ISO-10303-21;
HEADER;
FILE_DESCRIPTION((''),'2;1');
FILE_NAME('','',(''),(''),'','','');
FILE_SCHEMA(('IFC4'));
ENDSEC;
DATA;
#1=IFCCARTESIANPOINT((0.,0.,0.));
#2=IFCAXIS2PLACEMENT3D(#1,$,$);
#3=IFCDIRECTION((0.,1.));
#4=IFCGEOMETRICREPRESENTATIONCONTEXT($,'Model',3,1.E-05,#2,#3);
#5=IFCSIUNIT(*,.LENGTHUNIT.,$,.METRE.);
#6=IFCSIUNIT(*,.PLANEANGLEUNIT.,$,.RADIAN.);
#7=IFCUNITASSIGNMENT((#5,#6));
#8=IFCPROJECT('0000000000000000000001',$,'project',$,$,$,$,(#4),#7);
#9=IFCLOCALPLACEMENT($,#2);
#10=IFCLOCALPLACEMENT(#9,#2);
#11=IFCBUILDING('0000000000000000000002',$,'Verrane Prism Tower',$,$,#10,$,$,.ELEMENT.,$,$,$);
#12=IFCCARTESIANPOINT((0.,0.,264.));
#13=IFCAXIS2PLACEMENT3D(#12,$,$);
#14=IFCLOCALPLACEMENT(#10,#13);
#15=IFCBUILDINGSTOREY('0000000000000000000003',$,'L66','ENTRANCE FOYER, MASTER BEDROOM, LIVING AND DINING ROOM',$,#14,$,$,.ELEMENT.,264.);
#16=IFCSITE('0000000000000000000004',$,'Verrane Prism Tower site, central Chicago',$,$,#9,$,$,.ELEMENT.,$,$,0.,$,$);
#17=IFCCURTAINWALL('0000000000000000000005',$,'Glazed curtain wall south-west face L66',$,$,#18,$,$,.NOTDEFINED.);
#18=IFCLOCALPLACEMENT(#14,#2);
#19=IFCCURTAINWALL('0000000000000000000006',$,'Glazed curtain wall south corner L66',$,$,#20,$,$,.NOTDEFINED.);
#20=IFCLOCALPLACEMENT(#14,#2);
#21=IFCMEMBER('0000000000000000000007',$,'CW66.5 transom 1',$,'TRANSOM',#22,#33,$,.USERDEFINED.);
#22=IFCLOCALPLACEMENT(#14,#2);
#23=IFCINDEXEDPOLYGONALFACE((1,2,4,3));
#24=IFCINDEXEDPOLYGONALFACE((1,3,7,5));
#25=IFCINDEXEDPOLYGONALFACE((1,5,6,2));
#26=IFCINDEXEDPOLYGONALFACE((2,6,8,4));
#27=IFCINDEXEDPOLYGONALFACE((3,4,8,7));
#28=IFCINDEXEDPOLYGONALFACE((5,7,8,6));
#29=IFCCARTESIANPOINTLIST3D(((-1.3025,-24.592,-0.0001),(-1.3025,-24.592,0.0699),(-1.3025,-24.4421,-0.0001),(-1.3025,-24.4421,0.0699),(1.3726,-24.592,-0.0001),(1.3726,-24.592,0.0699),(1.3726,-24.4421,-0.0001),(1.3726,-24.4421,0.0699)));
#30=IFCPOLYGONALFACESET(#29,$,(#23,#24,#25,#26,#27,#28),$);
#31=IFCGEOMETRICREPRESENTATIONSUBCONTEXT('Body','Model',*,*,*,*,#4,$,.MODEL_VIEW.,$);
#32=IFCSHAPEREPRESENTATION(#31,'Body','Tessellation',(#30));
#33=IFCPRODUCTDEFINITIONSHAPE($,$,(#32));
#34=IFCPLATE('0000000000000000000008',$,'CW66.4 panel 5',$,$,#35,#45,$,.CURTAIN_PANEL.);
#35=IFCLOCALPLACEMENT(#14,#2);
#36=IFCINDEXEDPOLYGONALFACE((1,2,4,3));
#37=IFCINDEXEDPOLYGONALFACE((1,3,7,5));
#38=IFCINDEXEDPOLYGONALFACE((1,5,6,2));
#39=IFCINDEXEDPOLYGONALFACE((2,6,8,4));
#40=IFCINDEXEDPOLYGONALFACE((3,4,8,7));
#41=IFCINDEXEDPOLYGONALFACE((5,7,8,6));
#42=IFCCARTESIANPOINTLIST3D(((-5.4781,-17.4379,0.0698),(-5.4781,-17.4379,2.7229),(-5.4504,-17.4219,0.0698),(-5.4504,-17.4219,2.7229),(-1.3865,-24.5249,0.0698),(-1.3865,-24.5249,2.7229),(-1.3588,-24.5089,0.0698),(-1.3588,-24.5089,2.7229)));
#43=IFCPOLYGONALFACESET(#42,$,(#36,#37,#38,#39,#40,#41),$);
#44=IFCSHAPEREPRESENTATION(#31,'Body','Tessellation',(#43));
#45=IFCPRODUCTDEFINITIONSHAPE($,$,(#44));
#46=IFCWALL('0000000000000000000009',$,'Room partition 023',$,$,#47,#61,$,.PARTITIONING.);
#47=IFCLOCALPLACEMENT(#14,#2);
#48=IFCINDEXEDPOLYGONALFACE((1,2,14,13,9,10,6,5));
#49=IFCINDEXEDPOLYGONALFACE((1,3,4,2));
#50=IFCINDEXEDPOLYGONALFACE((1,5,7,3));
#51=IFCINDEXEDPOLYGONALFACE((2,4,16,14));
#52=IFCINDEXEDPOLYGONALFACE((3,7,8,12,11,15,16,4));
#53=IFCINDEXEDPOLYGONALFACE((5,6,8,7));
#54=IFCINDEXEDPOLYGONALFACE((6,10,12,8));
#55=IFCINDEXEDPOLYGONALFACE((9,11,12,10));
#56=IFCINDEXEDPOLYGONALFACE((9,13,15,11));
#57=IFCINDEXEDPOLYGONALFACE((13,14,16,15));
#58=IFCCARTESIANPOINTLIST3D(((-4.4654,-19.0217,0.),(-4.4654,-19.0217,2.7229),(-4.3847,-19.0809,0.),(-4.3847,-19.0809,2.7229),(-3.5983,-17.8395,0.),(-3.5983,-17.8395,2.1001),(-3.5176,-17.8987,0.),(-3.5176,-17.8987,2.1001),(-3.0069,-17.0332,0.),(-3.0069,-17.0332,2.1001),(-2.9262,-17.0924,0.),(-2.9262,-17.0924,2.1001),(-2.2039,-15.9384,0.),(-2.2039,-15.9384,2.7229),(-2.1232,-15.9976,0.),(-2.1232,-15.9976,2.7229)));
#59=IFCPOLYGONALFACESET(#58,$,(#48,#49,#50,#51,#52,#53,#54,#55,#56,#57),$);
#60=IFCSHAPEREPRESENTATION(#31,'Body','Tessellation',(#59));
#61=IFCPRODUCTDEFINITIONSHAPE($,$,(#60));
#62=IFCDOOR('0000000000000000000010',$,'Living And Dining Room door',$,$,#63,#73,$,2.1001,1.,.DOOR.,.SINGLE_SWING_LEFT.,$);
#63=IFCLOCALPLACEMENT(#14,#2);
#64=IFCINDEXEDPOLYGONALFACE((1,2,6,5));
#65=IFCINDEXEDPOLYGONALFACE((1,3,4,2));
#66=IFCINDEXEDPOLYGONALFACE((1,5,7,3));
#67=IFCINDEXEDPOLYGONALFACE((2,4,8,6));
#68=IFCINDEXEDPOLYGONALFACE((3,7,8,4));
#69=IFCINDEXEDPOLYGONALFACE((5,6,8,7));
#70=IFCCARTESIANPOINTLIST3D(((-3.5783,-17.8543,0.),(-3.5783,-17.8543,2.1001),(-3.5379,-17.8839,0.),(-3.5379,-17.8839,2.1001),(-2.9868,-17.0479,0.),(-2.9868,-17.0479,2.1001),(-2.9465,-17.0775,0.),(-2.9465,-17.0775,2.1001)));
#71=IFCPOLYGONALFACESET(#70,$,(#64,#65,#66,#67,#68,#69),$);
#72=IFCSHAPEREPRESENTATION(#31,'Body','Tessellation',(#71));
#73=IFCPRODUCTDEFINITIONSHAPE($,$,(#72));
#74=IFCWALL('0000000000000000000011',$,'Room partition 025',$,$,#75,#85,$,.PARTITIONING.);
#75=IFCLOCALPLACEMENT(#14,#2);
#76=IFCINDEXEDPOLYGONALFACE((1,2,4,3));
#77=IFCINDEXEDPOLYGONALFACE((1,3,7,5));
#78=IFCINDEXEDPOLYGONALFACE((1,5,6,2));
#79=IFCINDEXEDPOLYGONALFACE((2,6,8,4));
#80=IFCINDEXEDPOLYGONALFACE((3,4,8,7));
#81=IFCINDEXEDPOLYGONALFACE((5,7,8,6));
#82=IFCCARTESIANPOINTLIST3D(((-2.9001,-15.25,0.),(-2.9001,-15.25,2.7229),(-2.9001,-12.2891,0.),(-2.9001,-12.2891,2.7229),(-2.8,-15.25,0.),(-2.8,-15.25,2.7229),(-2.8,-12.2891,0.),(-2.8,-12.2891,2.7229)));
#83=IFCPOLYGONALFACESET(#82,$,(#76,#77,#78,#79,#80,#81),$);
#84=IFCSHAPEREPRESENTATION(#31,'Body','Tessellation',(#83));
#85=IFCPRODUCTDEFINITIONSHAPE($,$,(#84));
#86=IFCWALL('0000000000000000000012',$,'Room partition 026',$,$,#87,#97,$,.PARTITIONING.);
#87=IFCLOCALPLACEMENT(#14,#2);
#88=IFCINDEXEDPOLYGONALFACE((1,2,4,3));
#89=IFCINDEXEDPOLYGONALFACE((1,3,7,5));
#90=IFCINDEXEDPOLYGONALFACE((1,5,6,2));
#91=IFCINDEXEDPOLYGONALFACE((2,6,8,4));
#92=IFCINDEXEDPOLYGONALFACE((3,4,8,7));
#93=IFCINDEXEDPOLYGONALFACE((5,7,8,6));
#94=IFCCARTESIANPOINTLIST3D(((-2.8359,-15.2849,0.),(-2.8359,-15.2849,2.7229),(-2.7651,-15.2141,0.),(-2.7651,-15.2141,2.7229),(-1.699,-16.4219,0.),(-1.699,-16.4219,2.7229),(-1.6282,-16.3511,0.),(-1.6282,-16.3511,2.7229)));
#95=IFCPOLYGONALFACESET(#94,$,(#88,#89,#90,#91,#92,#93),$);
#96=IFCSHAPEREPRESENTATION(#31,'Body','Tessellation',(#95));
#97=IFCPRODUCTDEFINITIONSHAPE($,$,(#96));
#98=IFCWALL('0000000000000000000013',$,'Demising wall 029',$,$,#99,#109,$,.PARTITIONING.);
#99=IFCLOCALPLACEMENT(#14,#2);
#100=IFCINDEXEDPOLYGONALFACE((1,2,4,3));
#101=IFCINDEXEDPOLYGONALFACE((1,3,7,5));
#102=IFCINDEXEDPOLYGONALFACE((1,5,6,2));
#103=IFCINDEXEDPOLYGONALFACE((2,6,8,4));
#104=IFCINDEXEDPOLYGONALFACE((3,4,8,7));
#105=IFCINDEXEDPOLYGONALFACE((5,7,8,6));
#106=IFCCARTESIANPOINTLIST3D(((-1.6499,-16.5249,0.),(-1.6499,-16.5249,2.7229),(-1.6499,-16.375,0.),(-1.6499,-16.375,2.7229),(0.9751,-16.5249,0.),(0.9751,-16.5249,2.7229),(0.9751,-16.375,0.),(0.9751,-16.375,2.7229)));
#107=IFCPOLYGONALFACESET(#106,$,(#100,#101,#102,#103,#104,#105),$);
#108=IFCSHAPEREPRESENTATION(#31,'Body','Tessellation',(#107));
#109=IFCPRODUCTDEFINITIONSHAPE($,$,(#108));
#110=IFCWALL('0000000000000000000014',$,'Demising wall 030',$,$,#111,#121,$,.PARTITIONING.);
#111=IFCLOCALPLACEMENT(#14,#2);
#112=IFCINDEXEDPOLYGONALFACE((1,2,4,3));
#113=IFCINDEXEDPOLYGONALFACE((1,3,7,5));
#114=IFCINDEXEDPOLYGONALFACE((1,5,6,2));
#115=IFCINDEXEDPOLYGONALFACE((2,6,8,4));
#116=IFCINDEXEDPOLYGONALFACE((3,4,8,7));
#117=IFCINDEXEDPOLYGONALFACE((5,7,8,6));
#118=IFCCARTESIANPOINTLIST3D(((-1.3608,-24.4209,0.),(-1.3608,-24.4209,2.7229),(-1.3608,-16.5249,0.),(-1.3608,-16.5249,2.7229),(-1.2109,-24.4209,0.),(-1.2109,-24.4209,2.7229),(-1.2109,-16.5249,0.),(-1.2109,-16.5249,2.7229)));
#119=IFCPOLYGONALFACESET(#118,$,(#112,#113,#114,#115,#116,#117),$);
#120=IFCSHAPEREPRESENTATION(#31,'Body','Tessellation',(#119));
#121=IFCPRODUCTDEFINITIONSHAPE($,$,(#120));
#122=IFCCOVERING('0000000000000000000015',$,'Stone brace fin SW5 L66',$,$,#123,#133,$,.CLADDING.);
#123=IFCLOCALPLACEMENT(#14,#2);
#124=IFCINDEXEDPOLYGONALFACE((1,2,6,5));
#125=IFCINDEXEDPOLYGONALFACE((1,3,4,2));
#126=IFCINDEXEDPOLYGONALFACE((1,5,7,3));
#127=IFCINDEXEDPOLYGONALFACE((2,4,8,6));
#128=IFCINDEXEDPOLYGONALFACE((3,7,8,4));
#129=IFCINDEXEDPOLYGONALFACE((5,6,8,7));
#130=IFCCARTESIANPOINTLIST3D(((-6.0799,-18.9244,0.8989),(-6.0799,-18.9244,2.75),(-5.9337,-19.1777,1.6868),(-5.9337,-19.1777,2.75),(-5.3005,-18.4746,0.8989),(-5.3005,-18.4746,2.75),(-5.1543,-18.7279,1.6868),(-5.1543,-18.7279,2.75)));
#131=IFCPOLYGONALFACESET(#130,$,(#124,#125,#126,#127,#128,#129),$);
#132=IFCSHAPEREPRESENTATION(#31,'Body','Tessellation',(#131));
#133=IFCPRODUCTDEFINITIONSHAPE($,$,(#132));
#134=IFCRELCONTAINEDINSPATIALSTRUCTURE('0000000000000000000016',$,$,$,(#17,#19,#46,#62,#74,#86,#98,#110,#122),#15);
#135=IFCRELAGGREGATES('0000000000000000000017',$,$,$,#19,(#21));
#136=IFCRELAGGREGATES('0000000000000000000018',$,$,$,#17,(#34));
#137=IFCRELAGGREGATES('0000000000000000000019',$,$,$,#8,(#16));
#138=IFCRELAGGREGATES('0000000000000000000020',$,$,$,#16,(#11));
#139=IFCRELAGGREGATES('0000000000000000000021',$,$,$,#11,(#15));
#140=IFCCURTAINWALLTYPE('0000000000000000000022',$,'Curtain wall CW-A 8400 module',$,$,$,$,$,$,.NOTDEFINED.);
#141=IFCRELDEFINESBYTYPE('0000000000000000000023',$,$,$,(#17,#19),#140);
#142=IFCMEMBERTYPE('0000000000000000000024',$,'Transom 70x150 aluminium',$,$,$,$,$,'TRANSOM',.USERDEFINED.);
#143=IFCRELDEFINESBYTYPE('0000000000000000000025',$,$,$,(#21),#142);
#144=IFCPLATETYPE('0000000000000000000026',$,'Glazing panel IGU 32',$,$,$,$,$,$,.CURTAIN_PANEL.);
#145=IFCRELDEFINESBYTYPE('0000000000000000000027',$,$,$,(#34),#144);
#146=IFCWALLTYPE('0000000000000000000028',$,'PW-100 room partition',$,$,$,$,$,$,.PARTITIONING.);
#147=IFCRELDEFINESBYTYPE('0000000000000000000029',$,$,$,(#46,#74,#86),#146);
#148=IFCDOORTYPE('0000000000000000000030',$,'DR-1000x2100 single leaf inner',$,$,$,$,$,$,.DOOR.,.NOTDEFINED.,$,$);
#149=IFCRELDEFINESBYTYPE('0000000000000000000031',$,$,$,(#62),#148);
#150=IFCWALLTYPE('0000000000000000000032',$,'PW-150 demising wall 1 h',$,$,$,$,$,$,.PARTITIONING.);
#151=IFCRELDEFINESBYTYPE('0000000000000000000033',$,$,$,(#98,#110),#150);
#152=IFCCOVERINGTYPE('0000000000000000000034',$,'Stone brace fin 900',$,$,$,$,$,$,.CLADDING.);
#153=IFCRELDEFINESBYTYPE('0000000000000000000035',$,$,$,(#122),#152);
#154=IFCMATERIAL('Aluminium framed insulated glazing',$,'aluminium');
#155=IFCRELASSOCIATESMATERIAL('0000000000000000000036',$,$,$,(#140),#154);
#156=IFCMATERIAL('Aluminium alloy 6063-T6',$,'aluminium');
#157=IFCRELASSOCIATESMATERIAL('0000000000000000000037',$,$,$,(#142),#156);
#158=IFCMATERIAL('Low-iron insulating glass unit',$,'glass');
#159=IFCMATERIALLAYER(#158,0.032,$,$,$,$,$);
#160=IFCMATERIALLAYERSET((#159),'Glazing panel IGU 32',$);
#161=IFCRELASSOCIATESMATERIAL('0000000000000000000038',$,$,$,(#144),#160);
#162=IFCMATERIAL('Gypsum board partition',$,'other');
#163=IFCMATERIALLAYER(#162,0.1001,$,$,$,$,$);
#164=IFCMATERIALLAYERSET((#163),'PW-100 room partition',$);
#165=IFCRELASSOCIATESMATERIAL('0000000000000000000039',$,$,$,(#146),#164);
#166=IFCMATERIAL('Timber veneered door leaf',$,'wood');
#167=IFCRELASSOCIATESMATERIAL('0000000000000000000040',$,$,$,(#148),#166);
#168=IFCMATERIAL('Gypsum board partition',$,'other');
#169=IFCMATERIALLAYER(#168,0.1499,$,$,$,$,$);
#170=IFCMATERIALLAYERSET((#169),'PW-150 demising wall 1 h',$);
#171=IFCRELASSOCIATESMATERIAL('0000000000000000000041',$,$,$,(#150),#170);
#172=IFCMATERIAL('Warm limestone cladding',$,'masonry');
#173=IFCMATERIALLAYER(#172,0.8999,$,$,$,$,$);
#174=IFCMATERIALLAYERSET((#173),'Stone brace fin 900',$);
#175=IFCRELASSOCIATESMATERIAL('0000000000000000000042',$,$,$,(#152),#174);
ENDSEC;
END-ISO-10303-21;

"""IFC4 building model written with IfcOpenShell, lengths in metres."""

from ifc_helpers import new_model, si_unit, direction, frame, frame_2d, origin, origin_2d, place, context, subcontext, project, spatial, polyline, rectangle, outline, extrude, material, layer, layer_set, material_profile, profile_set, type_object, element, fill, aggregate, save


model = new_model("IFC4")

# Units and contexts
model_context = context("Model", 3, precision=1e-05, world=origin(), true_north=direction((0.0, 1.0)))
body_context = subcontext(model_context, "Body", "Model", "MODEL_VIEW")
ifc_project = project(units=[si_unit("LENGTHUNIT", "METRE"), si_unit("PLANEANGLEUNIT", "RADIAN")], contexts=[model_context])

# Site, building, storey
site_placement = place(None, origin())
site = spatial("IfcSite", under=ifc_project, at=site_placement, Name="Verrane Prism Tower site, central Chicago", CompositionType="ELEMENT", RefElevation=0.0)
building_placement = place(site_placement, origin())
building = spatial("IfcBuilding", under=site, at=building_placement, Name="Verrane Prism Tower", CompositionType="ELEMENT")
storey_placement = place(building_placement, frame((0.0, 0.0, 264.0)))
storey = spatial("IfcBuildingStorey", under=building, at=storey_placement, Name="L66", Description="ENTRANCE FOYER, MASTER BEDROOM, LIVING AND DINING ROOM", CompositionType="ELEMENT", Elevation=264.0)

# Curtain walls
ifc_material_1 = material(Name="Aluminium framed insulated glazing", Category="aluminium")
curtain_wall_type = type_object("IfcCurtainWallType", Name="Curtain wall CW-A 8400 module", PredefinedType="NOTDEFINED", material=ifc_material_1)
curtain_wall_1_placement = place(storey_placement, origin())
curtain_wall_1 = element("IfcCurtainWall", 1, at=curtain_wall_1_placement, inside=storey, type_object=curtain_wall_type, Name="Glazed curtain wall south-west face L66", PredefinedType="NOTDEFINED")
curtain_wall_2_placement = place(storey_placement, origin())
curtain_wall_2 = element("IfcCurtainWall", 2, at=curtain_wall_2_placement, inside=storey, type_object=curtain_wall_type, Name="Glazed curtain wall south corner L66", PredefinedType="NOTDEFINED")

# Member
ifc_material_2 = material(Name="Aluminium alloy 6063-T6", Category="aluminium")
ifc_material_profile_1 = material_profile(ifc_material_2, rectangle(XDim=0.1499, YDim=0.0701, at=origin_2d()), Name="Transom 70x150 aluminium")
ifc_profile_set_1 = profile_set([ifc_material_profile_1], Name="Aluminium alloy 6063-T6")
member_type_1 = type_object("IfcMemberType", Name="Transom 70x150 aluminium", ElementType="TRANSOM", PredefinedType="USERDEFINED", material=ifc_profile_set_1)
member_1_placement = place(storey_placement, frame((-1.3025, -24.5171, 0.0349), z_axis=(1.0, 0.0, 0.0), x_axis=(0.0, 1.0, 0.0)))
member_1 = element("IfcMember", 3, at=member_1_placement, type_object=member_type_1, Name="CW66.5 transom 1", ObjectType="TRANSOM", PredefinedType="USERDEFINED", context=body_context, shape_type="SweptSolid", body=[
    extrude(rectangle(XDim=0.1499, YDim=0.0701, at=origin_2d()), origin(), (0.0, 0.0, 1.0), 2.675),
])
aggregate(curtain_wall_2, [member_1])

# Plate
ifc_material_3 = material(Name="Low-iron insulating glass unit", Category="glass")
ifc_layer_1 = layer(ifc_material_3, 0.032)
ifc_layer_set_1 = layer_set([ifc_layer_1], Name="Glazing panel IGU 32")
plate_type = type_object("IfcPlateType", Name="Glazing panel IGU 32", PredefinedType="CURTAIN_PANEL", material=ifc_layer_set_1)
plate_placement = place(storey_placement, frame((-3.4185, -20.9734, 0.0698), z_axis=(0.0, 0.0, 1.0), x_axis=(0.500001, -0.866025, 0.0)))
plate = element("IfcPlate", 4, at=plate_placement, type_object=plate_type, Name="CW66.4 panel 5", PredefinedType="CURTAIN_PANEL", context=body_context, shape_type="SweptSolid", body=[
    extrude(rectangle(XDim=8.1833, YDim=0.032, at=origin_2d()), origin(), (0.0, 0.0, 1.0), 2.6531),
])
aggregate(curtain_wall_1, [plate])

# Wall, opening, door
ifc_material_4 = material(Name="Gypsum board partition", Category="other")
ifc_layer_2 = layer(ifc_material_4, 0.1001)
ifc_layer_set_2 = layer_set([ifc_layer_2], Name="PW-100 room partition")
wall_type_1 = type_object("IfcWallType", Name="PW-100 room partition", PredefinedType="PARTITIONING", material=ifc_layer_set_2)
wall_1_placement = place(storey_placement, frame((-2.1636, -15.968, 0.0), z_axis=(0.0, 0.0, 1.0), x_axis=(-0.591436, -0.806352, 0.0)))
wall_1 = element("IfcWall", 5, at=wall_1_placement, inside=storey, type_object=wall_type_1, Name="Room partition 023", PredefinedType="PARTITIONING", context=body_context, shape_type="SweptSolid", body=[
    extrude(rectangle(XDim=3.8237, YDim=0.1001, at=frame_2d((1.9119, 0.0))), origin(), (0.0, 0.0, 1.0), 2.7229),
])
opening_placement = place(wall_1_placement, frame((1.3577, 0.0, 0.0)))
opening = element("IfcOpeningElement", 6, at=opening_placement, cuts=wall_1, PredefinedType="OPENING", context=body_context, shape_type="SweptSolid", body=[
    extrude(rectangle(XDim=1.0, YDim=2.1001, at=frame_2d((0.5, 1.05))), frame((0.0, 0.0601, 0.0), z_axis=(0.0, -1.0, 0.0), x_axis=(1.0, 0.0, 0.0)), (0.0, 0.0, 1.0), 0.1201),
])
ifc_material_5 = material(Name="Timber veneered door leaf", Category="wood")
door_type = type_object("IfcDoorType", Name="DR-1000x2100 single leaf inner", OperationType="NOTDEFINED", PredefinedType="DOOR", material=ifc_material_5)
door_placement = place(opening_placement, origin())
door = element("IfcDoor", 7, at=door_placement, inside=storey, type_object=door_type, Name="Living And Dining Room door", OperationType="SINGLE_SWING_LEFT", OverallHeight=2.1001, OverallWidth=1.0, PredefinedType="DOOR", context=body_context, shape_type="SweptSolid", body=[
    extrude(rectangle(XDim=1.0, YDim=2.1001, at=frame_2d((0.5, 1.05))), frame((0.0, 0.0249, 0.0), z_axis=(0.0, -1.0, 0.0), x_axis=(1.0, 0.0, 0.0)), (0.0, 0.0, 1.0), 0.05),
])
fill(opening, door)

# Walls
wall_2_placement = place(storey_placement, frame((-2.8501, -15.25, 0.0), z_axis=(0.0, 0.0, 1.0), x_axis=(0.0, 1.0, 0.0)))
element("IfcWall", 8, at=wall_2_placement, inside=storey, type_object=wall_type_1, Name="Room partition 025", PredefinedType="PARTITIONING", context=body_context, shape_type="SweptSolid", body=[
    extrude(rectangle(XDim=2.9609, YDim=0.1001, at=frame_2d((1.4805, 0.0))), origin(), (0.0, 0.0, 1.0), 2.7229),
])
wall_3_placement = place(storey_placement, frame((-2.8005, -15.2495, 0.0), z_axis=(0.0, 0.0, 1.0), x_axis=(0.707107, -0.707107, 0.0)))
element("IfcWall", 9, at=wall_3_placement, inside=storey, type_object=wall_type_1, Name="Room partition 026", PredefinedType="PARTITIONING", context=body_context, shape_type="SweptSolid", body=[
    extrude(rectangle(XDim=1.6079, YDim=0.1001, at=frame_2d((0.804, 0.0))), origin(), (0.0, 0.0, 1.0), 2.7229),
])
ifc_material_6 = material(Name="Gypsum board partition", Category="other")
ifc_layer_3 = layer(ifc_material_6, 0.1499)
ifc_layer_set_3 = layer_set([ifc_layer_3], Name="PW-150 demising wall 1 h")
wall_type_2 = type_object("IfcWallType", Name="PW-150 demising wall 1 h", PredefinedType="PARTITIONING", material=ifc_layer_set_3)
wall_4_placement = place(storey_placement, frame((-1.6499, -16.45, 0.0), z_axis=(0.0, 0.0, 1.0), x_axis=(1.0, 0.0, 0.0)))
element("IfcWall", 10, at=wall_4_placement, inside=storey, type_object=wall_type_2, Name="Demising wall 029", PredefinedType="PARTITIONING", context=body_context, shape_type="SweptSolid", body=[
    extrude(rectangle(XDim=2.625, YDim=0.1499, at=frame_2d((1.3125, 0.0))), origin(), (0.0, 0.0, 1.0), 2.7229),
])
wall_5_placement = place(storey_placement, frame((-1.2859, -24.4209, 0.0), z_axis=(0.0, 0.0, 1.0), x_axis=(0.0, 1.0, 0.0)))
element("IfcWall", 11, at=wall_5_placement, inside=storey, type_object=wall_type_2, Name="Demising wall 030", PredefinedType="PARTITIONING", context=body_context, shape_type="SweptSolid", body=[
    extrude(rectangle(XDim=7.896, YDim=0.1499, at=frame_2d((3.948, 0.0))), origin(), (0.0, 0.0, 1.0), 2.7229),
])

# Covering
ifc_material_7 = material(Name="Warm limestone cladding", Category="masonry")
ifc_layer_4 = layer(ifc_material_7, 0.8999)
ifc_layer_set_4 = layer_set([ifc_layer_4], Name="Stone brace fin 900")
covering_type = type_object("IfcCoveringType", Name="Stone brace fin 900", PredefinedType="CLADDING", material=ifc_layer_set_4)
covering_placement = place(storey_placement, frame((-5.6902, -18.6995, 0.8989), z_axis=(0.0, 0.0, 1.0), x_axis=(0.499819, -0.86613, 0.0)))
element("IfcCovering", 12, at=covering_placement, inside=storey, type_object=covering_type, Name="Stone brace fin SW5 L66", PredefinedType="CLADDING", context=body_context, shape_type="SweptSolid", body=[
    extrude(outline(polyline([(0.2925, 1.8511), (0.0, 1.8511), (0.0, 0.0), (0.2925, 0.7878), (0.2925, 1.8511)])), frame((0.0, 0.45, 0.0), z_axis=(0.0, -1.0, 0.0), x_axis=(1.0, 0.0, 0.0)), (0.0, 0.0, 1.0), 0.8999),
])

save(model, "model.ifc")
